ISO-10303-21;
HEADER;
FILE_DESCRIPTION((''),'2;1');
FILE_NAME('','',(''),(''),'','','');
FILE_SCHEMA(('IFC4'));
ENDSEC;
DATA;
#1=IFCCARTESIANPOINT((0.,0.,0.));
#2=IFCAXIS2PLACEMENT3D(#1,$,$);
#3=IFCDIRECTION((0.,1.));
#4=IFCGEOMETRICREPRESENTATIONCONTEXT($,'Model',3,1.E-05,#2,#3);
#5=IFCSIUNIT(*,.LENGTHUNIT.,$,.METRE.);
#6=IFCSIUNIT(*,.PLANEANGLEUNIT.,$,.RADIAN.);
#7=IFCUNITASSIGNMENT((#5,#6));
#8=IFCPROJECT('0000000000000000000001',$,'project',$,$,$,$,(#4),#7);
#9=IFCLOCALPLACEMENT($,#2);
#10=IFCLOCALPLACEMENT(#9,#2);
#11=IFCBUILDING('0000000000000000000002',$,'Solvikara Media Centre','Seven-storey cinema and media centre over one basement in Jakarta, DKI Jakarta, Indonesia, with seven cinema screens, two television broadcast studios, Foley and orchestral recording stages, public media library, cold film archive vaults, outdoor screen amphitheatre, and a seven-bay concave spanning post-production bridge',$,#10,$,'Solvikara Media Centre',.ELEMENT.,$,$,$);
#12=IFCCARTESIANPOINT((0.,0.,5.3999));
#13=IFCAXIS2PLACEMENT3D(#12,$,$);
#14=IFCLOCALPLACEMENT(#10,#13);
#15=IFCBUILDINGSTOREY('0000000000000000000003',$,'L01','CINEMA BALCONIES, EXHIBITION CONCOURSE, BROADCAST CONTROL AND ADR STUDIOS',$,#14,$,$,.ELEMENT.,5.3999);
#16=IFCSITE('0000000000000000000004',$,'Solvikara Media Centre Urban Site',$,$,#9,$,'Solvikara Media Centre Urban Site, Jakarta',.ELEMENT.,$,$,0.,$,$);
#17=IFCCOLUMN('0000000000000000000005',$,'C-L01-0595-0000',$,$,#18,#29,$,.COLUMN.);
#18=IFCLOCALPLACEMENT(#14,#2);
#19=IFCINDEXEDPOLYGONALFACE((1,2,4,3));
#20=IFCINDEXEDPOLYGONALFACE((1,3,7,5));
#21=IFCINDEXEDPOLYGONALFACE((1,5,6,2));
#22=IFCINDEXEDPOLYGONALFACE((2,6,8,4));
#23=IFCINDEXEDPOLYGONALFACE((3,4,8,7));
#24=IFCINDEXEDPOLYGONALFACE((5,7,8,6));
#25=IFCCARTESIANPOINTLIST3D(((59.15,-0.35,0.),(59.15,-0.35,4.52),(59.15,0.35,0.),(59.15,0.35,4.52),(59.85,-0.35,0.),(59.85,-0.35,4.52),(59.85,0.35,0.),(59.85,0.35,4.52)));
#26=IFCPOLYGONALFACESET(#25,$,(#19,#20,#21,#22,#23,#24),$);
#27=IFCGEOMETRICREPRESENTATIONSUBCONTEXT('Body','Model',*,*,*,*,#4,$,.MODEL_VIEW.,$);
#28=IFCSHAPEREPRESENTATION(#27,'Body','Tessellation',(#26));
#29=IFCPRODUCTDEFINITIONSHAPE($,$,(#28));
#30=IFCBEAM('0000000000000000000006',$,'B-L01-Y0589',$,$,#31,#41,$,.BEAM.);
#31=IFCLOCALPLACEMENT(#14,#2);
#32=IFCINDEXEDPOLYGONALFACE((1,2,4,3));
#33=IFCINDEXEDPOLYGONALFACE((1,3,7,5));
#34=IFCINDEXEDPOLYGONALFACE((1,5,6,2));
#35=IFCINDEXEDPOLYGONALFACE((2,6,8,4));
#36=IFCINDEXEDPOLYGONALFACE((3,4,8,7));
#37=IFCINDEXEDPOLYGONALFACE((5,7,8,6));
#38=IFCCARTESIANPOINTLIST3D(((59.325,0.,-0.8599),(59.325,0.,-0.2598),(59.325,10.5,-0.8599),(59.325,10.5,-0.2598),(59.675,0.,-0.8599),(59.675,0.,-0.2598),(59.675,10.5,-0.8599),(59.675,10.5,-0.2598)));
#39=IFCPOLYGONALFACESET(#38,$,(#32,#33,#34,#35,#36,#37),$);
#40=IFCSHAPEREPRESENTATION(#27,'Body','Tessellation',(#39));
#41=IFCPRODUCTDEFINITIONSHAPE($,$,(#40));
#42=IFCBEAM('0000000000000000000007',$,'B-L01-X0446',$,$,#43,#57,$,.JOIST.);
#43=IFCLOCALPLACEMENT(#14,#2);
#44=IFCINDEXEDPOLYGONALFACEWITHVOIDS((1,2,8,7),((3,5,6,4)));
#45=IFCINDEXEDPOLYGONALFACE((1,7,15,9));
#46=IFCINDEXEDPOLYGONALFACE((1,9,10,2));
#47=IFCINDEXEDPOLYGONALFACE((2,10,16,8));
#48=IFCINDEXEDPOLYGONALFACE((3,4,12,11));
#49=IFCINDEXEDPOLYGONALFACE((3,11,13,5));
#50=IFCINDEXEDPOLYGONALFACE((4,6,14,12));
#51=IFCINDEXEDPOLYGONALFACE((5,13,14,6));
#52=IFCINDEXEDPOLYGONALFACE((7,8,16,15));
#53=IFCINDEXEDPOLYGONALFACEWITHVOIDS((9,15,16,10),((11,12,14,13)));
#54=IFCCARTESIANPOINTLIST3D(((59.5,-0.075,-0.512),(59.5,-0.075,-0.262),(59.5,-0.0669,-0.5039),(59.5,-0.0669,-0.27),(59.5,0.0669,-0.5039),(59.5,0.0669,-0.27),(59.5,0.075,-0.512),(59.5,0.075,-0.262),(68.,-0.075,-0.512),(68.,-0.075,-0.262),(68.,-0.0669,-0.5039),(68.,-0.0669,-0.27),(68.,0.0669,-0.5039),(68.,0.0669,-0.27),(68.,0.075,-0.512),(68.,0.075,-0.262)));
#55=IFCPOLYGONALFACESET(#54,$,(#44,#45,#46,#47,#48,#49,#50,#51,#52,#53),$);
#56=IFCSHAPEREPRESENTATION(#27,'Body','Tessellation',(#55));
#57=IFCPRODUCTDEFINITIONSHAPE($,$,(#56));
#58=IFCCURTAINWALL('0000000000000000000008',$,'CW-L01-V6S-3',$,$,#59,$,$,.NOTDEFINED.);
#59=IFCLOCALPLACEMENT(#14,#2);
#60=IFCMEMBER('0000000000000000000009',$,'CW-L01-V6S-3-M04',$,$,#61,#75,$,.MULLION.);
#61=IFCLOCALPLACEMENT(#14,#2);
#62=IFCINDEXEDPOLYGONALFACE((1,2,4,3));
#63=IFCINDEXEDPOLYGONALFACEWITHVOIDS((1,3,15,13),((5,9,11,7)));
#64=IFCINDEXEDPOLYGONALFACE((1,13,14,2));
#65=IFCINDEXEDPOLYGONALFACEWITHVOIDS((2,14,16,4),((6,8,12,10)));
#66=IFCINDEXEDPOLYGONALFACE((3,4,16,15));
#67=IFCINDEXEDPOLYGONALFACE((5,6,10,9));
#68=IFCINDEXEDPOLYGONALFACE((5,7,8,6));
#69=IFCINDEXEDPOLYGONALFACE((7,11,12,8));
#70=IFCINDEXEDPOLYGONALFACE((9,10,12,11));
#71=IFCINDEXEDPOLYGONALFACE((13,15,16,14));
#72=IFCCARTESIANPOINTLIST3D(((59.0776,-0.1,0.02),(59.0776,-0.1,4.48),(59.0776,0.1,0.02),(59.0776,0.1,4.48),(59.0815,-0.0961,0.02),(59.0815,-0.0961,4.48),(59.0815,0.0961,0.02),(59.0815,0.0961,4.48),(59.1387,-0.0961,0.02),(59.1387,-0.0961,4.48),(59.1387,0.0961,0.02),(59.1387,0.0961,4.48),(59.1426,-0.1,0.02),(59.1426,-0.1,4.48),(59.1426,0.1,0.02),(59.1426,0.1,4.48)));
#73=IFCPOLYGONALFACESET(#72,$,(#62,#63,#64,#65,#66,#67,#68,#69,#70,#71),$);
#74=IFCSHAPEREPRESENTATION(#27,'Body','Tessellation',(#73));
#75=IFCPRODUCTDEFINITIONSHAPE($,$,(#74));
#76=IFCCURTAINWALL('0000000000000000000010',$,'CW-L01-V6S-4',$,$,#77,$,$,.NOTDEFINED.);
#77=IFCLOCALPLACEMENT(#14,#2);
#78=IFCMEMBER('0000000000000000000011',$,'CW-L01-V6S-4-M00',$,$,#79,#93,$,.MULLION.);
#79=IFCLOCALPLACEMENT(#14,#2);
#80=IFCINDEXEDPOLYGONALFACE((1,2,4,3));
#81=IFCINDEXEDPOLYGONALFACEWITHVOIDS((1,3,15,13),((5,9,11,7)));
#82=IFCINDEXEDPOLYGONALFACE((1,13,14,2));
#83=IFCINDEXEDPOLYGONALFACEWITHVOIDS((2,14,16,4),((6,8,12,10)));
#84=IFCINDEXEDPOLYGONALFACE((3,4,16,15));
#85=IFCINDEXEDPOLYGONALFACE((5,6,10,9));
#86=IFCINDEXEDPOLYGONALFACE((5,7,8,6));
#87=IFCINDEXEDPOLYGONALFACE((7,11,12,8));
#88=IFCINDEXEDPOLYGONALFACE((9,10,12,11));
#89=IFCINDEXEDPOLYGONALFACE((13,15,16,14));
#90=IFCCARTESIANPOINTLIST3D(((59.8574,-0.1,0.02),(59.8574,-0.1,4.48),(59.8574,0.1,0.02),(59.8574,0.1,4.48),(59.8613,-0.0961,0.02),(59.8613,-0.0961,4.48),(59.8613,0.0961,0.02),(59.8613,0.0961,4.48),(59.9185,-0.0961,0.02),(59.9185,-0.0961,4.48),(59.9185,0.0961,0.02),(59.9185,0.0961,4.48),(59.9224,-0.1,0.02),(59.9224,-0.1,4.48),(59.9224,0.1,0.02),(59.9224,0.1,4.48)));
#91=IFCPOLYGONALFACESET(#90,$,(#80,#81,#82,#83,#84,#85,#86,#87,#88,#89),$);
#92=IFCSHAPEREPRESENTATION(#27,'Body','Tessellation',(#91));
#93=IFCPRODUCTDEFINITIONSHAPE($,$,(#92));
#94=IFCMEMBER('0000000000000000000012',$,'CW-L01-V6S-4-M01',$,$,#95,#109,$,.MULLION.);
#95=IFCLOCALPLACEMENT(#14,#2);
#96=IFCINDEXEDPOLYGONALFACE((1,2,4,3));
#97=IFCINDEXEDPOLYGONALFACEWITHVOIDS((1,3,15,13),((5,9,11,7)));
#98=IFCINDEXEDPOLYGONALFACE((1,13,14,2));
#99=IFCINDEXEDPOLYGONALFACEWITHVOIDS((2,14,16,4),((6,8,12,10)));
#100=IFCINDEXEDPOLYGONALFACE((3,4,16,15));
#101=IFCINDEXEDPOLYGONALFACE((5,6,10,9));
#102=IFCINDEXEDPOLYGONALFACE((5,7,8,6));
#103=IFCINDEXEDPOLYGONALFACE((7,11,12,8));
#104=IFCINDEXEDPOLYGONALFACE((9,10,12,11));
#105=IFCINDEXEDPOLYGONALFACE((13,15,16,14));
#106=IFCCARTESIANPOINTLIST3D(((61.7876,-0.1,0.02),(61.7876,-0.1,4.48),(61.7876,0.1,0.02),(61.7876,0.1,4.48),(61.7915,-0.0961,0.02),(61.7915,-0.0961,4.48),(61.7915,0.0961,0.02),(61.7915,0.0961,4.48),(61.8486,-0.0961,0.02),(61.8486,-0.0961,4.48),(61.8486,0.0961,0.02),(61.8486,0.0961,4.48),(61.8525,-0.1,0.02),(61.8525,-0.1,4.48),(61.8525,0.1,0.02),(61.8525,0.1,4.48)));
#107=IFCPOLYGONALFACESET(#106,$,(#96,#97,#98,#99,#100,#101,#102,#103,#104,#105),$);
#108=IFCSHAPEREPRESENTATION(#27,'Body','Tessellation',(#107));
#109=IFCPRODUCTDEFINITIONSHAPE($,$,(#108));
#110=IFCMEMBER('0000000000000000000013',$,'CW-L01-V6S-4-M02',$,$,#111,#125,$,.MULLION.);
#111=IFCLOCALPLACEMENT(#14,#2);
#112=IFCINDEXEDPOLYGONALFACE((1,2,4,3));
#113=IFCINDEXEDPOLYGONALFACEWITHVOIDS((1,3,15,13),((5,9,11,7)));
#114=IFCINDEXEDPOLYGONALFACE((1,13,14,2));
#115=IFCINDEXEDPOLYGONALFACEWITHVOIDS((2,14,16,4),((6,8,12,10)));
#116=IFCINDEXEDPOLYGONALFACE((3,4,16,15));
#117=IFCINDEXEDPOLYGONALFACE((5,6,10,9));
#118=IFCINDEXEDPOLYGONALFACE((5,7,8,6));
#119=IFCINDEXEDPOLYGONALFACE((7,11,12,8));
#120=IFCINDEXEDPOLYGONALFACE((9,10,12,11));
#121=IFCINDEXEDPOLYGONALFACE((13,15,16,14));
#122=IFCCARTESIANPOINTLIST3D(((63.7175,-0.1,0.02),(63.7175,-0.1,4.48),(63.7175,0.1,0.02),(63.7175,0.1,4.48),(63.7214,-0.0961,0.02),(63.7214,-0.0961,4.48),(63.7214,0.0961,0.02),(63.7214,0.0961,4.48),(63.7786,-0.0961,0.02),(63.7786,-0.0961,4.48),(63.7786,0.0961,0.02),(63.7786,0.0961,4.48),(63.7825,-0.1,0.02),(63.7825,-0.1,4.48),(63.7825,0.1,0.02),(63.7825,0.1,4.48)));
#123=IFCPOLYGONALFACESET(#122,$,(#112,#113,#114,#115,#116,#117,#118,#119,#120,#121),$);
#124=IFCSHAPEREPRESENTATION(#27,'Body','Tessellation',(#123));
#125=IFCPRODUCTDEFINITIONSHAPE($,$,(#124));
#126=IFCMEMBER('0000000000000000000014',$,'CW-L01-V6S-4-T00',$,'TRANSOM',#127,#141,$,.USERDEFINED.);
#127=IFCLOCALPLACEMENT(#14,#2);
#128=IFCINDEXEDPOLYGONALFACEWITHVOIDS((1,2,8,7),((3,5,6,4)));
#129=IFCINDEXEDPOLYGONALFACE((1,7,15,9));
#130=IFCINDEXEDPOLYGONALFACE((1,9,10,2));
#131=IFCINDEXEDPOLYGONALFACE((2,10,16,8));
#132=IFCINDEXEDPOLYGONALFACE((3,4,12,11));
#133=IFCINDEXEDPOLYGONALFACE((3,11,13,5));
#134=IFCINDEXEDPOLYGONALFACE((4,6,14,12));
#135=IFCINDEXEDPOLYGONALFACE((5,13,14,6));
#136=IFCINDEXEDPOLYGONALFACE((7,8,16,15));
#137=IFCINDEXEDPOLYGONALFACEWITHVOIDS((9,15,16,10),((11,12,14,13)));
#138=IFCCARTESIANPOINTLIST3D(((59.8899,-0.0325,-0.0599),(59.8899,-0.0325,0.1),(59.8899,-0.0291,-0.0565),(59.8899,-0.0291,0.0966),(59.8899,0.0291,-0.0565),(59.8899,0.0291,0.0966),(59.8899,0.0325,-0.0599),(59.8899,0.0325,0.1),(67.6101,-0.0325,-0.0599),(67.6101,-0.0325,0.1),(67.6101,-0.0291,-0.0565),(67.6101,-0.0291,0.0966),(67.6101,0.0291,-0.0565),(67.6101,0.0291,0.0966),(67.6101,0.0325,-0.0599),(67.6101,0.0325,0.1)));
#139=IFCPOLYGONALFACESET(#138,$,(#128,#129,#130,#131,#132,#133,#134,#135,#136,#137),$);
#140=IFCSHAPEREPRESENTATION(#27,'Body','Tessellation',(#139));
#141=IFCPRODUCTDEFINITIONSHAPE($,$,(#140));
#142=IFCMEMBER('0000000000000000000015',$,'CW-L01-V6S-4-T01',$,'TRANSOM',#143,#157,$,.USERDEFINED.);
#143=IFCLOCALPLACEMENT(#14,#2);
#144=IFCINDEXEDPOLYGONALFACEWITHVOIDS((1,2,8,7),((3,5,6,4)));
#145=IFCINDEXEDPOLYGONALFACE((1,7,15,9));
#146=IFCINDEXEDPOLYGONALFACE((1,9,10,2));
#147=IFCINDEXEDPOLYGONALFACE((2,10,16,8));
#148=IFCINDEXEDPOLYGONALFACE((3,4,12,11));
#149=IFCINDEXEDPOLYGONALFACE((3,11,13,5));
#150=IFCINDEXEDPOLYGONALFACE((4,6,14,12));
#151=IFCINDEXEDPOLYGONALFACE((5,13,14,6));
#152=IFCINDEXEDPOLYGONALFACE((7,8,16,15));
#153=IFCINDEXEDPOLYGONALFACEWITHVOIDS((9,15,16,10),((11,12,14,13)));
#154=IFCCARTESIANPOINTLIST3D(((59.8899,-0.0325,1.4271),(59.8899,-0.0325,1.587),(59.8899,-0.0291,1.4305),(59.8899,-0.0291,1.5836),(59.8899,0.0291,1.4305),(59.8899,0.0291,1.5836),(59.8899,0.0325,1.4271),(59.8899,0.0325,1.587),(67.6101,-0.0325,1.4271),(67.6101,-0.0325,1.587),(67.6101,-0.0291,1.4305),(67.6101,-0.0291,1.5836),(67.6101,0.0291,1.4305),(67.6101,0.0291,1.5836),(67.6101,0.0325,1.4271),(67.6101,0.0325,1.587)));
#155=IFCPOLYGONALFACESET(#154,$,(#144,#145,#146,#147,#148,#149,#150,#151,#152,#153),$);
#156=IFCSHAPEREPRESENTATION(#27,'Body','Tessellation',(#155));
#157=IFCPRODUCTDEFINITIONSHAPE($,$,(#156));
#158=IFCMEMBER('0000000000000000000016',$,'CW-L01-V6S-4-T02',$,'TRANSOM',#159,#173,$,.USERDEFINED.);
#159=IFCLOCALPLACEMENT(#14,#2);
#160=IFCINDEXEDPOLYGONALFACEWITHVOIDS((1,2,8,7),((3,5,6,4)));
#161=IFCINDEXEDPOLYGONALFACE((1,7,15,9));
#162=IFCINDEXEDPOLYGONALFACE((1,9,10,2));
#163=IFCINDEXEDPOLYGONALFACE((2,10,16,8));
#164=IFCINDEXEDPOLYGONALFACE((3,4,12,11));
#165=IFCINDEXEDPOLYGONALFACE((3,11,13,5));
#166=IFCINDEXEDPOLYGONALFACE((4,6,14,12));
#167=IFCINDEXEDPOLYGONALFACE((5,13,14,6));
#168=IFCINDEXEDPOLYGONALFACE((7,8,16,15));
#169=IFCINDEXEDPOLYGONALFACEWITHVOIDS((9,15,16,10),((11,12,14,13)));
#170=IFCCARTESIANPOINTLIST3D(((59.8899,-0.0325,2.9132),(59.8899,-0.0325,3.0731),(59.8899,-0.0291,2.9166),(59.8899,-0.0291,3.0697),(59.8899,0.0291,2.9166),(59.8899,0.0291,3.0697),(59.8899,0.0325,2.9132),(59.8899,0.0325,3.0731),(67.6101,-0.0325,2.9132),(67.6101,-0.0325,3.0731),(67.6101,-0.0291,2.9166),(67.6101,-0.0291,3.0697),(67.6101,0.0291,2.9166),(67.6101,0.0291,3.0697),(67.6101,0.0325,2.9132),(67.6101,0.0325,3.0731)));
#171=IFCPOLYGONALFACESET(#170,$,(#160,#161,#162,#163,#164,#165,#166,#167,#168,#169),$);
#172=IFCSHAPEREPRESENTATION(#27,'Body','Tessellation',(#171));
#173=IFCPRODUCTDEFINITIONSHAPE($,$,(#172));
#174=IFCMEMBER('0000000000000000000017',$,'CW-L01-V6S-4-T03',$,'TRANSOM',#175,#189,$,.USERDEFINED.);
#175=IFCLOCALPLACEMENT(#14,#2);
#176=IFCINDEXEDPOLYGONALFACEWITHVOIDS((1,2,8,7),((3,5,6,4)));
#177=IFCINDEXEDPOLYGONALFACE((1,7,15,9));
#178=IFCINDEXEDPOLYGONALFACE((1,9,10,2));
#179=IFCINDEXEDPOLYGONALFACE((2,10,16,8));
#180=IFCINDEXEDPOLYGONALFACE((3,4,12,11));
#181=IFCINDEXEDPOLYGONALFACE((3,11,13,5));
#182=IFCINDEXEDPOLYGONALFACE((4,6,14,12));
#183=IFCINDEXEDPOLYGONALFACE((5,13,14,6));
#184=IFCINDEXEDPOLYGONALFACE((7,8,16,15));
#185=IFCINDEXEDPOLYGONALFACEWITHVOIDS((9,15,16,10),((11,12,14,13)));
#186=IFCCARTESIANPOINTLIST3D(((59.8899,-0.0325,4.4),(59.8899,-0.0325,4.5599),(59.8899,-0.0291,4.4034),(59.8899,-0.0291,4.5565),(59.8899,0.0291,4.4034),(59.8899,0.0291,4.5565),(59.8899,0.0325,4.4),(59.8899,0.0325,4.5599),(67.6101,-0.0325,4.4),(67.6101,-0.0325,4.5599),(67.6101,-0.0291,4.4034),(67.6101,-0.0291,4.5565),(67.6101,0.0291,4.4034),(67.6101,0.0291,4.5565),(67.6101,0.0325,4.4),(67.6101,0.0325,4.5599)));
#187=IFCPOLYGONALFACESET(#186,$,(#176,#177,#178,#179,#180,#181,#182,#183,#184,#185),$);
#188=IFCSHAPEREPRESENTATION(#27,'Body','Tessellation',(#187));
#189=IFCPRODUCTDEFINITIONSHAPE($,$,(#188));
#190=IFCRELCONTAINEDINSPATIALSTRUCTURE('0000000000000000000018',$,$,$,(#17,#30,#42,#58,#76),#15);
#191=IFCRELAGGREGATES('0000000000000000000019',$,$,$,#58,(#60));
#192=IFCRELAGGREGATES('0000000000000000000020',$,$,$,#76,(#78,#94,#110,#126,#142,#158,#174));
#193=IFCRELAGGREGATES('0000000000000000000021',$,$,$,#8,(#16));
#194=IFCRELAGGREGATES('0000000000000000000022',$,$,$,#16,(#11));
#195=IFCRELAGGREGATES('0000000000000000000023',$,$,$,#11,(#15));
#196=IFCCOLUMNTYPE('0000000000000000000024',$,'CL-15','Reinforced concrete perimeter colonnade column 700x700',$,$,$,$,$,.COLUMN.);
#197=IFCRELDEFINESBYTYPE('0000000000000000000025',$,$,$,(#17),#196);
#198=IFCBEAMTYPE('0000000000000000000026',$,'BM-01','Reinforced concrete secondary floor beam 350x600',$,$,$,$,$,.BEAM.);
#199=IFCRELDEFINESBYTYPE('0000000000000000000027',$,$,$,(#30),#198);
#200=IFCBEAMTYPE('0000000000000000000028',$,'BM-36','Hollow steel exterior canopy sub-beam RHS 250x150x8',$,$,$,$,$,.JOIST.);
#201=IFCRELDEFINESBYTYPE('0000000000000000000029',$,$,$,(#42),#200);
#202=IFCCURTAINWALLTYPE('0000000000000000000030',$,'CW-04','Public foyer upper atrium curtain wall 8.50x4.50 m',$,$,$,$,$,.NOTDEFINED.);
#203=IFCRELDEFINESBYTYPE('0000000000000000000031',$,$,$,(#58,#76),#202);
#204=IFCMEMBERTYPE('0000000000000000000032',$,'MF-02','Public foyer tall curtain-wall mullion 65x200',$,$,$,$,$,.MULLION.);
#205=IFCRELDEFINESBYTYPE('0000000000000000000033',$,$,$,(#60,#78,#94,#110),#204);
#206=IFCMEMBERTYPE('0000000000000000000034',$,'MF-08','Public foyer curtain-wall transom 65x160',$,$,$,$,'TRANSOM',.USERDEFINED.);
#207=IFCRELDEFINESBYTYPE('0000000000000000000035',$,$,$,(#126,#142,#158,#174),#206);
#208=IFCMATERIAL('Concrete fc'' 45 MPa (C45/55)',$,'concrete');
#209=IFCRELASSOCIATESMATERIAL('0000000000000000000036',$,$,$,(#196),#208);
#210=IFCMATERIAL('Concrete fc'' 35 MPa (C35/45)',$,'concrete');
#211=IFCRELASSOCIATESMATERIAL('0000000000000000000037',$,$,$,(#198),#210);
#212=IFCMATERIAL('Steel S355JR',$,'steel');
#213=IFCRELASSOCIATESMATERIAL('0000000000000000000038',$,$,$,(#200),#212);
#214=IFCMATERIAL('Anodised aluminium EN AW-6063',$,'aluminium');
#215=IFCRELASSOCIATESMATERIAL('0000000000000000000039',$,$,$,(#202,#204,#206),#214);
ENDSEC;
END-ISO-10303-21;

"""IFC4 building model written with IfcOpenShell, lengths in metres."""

from ifc_helpers import new_model, si_unit, direction, frame, origin, origin_2d, place, context, subcontext, project, spatial, rectangle, hollow_rectangle, extrude, material, material_profile, profile_set, type_object, element, aggregate, save


model = new_model("IFC4")

# Units and contexts
model_context = context("Model", 3, precision=1e-05, world=origin(), true_north=direction((0.0, 1.0)))
body_context = subcontext(model_context, "Body", "Model", "MODEL_VIEW")
ifc_project = project(units=[si_unit("LENGTHUNIT", "METRE"), si_unit("PLANEANGLEUNIT", "RADIAN")], contexts=[model_context])

# Site, building, storey
site_placement = place(None, origin())
site = spatial("IfcSite", under=ifc_project, at=site_placement, Name="Solvikara Media Centre Urban Site", LongName="Solvikara Media Centre Urban Site, Jakarta", CompositionType="ELEMENT", RefElevation=0.0)
building_placement = place(site_placement, origin())
building = spatial("IfcBuilding", under=site, at=building_placement, Name="Solvikara Media Centre", Description="Seven-storey cinema and media centre over one basement in Jakarta, DKI Jakarta, Indonesia, with seven cinema screens, two television broadcast studios, Foley and orchestral recording stages, public media library, cold film archive vaults, outdoor screen amphitheatre, and a seven-bay concave spanning post-production bridge", LongName="Solvikara Media Centre", CompositionType="ELEMENT")
storey_placement = place(building_placement, frame((0.0, 0.0, 5.3999)))
storey = spatial("IfcBuildingStorey", under=building, at=storey_placement, Name="L01", Description="CINEMA BALCONIES, EXHIBITION CONCOURSE, BROADCAST CONTROL AND ADR STUDIOS", CompositionType="ELEMENT", Elevation=5.3999)

# Column
ifc_material_1 = material(Name="Concrete fc' 45 MPa (C45/55)", Category="concrete")
ifc_material_profile_1 = material_profile(ifc_material_1, rectangle(XDim=0.7, YDim=0.7, at=origin_2d()), Name="RC 700x700")
ifc_profile_set_1 = profile_set([ifc_material_profile_1], Name="Concrete fc' 45 MPa (C45/55)")
column_type = type_object("IfcColumnType", Name="CL-15", Description="Reinforced concrete perimeter colonnade column 700x700", PredefinedType="COLUMN", material=ifc_profile_set_1)
column_placement = place(storey_placement, frame((59.5, 0.0, 0.0), z_axis=(0.0, 0.0, 1.0), x_axis=(1.0, 0.0, 0.0)))
element("IfcColumn", 1, at=column_placement, inside=storey, type_object=column_type, Name="C-L01-0595-0000", PredefinedType="COLUMN", context=body_context, shape_type="SweptSolid", body=[
    extrude(rectangle(XDim=0.7, YDim=0.7, at=origin_2d()), origin(), (0.0, 0.0, 1.0), 4.52),
])

# Beams
ifc_material_2 = material(Name="Concrete fc' 35 MPa (C35/45)", Category="concrete")
ifc_material_profile_2 = material_profile(ifc_material_2, rectangle(XDim=0.3501, YDim=0.6001, at=origin_2d()), Name="RC 350x600")
ifc_profile_set_2 = profile_set([ifc_material_profile_2], Name="Concrete fc' 35 MPa (C35/45)")
beam_type_1 = type_object("IfcBeamType", Name="BM-01", Description="Reinforced concrete secondary floor beam 350x600", PredefinedType="BEAM", material=ifc_profile_set_2)
beam_1_placement = place(storey_placement, frame((59.5, 0.0, -0.5598), z_axis=(0.0, 1.0, 0.0), x_axis=(-1.0, 0.0, 0.0)))
element("IfcBeam", 2, at=beam_1_placement, inside=storey, type_object=beam_type_1, Name="B-L01-Y0589", PredefinedType="BEAM", context=body_context, shape_type="SweptSolid", body=[
    extrude(rectangle(XDim=0.3501, YDim=0.6001, at=origin_2d()), origin(), (0.0, 0.0, 1.0), 10.5),
])
ifc_material_3 = material(Name="Steel S355JR", Category="steel")
ifc_material_profile_3 = material_profile(ifc_material_3, hollow_rectangle(XDim=0.1499, YDim=0.25, WallThickness=0.0081, at=origin_2d()), Name="RHS 250x150x8")
ifc_profile_set_3 = profile_set([ifc_material_profile_3], Name="Steel S355JR")
beam_type_2 = type_object("IfcBeamType", Name="BM-36", Description="Hollow steel exterior canopy sub-beam RHS 250x150x8", PredefinedType="JOIST", material=ifc_profile_set_3)
beam_2_placement = place(storey_placement, frame((59.5, 0.0, -0.387), z_axis=(1.0, 0.0, 0.0), x_axis=(0.0, 1.0, 0.0)))
element("IfcBeam", 3, at=beam_2_placement, inside=storey, type_object=beam_type_2, Name="B-L01-X0446", PredefinedType="JOIST", context=body_context, shape_type="SweptSolid", body=[
    extrude(hollow_rectangle(XDim=0.1499, YDim=0.25, WallThickness=0.0081, at=origin_2d()), origin(), (0.0, 0.0, 1.0), 8.5),
])

# Curtain wall, member
ifc_material_4 = material(Name="Anodised aluminium EN AW-6063", Category="aluminium")
curtain_wall_type = type_object("IfcCurtainWallType", Name="CW-04", Description="Public foyer upper atrium curtain wall 8.50x4.50 m", PredefinedType="NOTDEFINED", material=ifc_material_4)
curtain_wall_1_placement = place(storey_placement, origin())
curtain_wall_1 = element("IfcCurtainWall", 4, at=curtain_wall_1_placement, inside=storey, type_object=curtain_wall_type, Name="CW-L01-V6S-3", PredefinedType="NOTDEFINED")
ifc_material_profile_4 = material_profile(ifc_material_4, hollow_rectangle(XDim=0.0649, YDim=0.2, WallThickness=0.0039, at=origin_2d()), Name="ALU-M 65x200x4")
ifc_profile_set_4 = profile_set([ifc_material_profile_4], Name="Anodised aluminium EN AW-6063")
member_type_1 = type_object("IfcMemberType", Name="MF-02", Description="Public foyer tall curtain-wall mullion 65x200", PredefinedType="MULLION", material=ifc_profile_set_4)
member_1_placement = place(storey_placement, frame((59.1101, 0.0, 0.02), z_axis=(0.0, 0.0, 1.0), x_axis=(1.0, 0.0, 0.0)))
member_1 = element("IfcMember", 5, at=member_1_placement, type_object=member_type_1, Name="CW-L01-V6S-3-M04", PredefinedType="MULLION", context=body_context, shape_type="SweptSolid", body=[
    extrude(hollow_rectangle(XDim=0.0649, YDim=0.2, WallThickness=0.0039, at=origin_2d()), origin(), (0.0, 0.0, 1.0), 4.46),
])
aggregate(curtain_wall_1, [member_1])

# Curtain wall, members
curtain_wall_2_placement = place(storey_placement, origin())
curtain_wall_2 = element("IfcCurtainWall", 6, at=curtain_wall_2_placement, inside=storey, type_object=curtain_wall_type, Name="CW-L01-V6S-4", PredefinedType="NOTDEFINED")
member_2_placement = place(storey_placement, frame((59.8899, 0.0, 0.02), z_axis=(0.0, 0.0, 1.0), x_axis=(1.0, 0.0, 0.0)))
member_2 = element("IfcMember", 7, at=member_2_placement, type_object=member_type_1, Name="CW-L01-V6S-4-M00", PredefinedType="MULLION", context=body_context, shape_type="SweptSolid", body=[
    extrude(hollow_rectangle(XDim=0.0649, YDim=0.2, WallThickness=0.0039, at=origin_2d()), origin(), (0.0, 0.0, 1.0), 4.46),
])
member_3_placement = place(storey_placement, frame((61.8201, 0.0, 0.02), z_axis=(0.0, 0.0, 1.0), x_axis=(1.0, 0.0, 0.0)))
member_3 = element("IfcMember", 8, at=member_3_placement, type_object=member_type_1, Name="CW-L01-V6S-4-M01", PredefinedType="MULLION", context=body_context, shape_type="SweptSolid", body=[
    extrude(hollow_rectangle(XDim=0.0649, YDim=0.2, WallThickness=0.0039, at=origin_2d()), origin(), (0.0, 0.0, 1.0), 4.46),
])
member_4_placement = place(storey_placement, frame((63.75, 0.0, 0.02), z_axis=(0.0, 0.0, 1.0), x_axis=(1.0, 0.0, 0.0)))
member_4 = element("IfcMember", 9, at=member_4_placement, type_object=member_type_1, Name="CW-L01-V6S-4-M02", PredefinedType="MULLION", context=body_context, shape_type="SweptSolid", body=[
    extrude(hollow_rectangle(XDim=0.0649, YDim=0.2, WallThickness=0.0039, at=origin_2d()), origin(), (0.0, 0.0, 1.0), 4.46),
])
ifc_material_profile_5 = material_profile(ifc_material_4, hollow_rectangle(XDim=0.0649, YDim=0.1599, WallThickness=0.0034, at=origin_2d()), Name="ALU-T 65x160x3.5")
ifc_profile_set_5 = profile_set([ifc_material_profile_5], Name="Anodised aluminium EN AW-6063")
member_type_2 = type_object("IfcMemberType", Name="MF-08", Description="Public foyer curtain-wall transom 65x160", ElementType="TRANSOM", PredefinedType="USERDEFINED", material=ifc_profile_set_5)
member_5_placement = place(storey_placement, frame((59.8899, 0.0, 0.02), z_axis=(1.0, 0.0, 0.0), x_axis=(0.0, 1.0, 0.0)))
member_5 = element("IfcMember", 10, at=member_5_placement, type_object=member_type_2, Name="CW-L01-V6S-4-T00", ObjectType="TRANSOM", PredefinedType="USERDEFINED", context=body_context, shape_type="SweptSolid", body=[
    extrude(hollow_rectangle(XDim=0.0649, YDim=0.1599, WallThickness=0.0034, at=origin_2d()), origin(), (0.0, 0.0, 1.0), 7.7202),
])
member_6_placement = place(storey_placement, frame((59.8899, 0.0, 1.5071), z_axis=(1.0, 0.0, 0.0), x_axis=(0.0, 1.0, 0.0)))
member_6 = element("IfcMember", 11, at=member_6_placement, type_object=member_type_2, Name="CW-L01-V6S-4-T01", ObjectType="TRANSOM", PredefinedType="USERDEFINED", context=body_context, shape_type="SweptSolid", body=[
    extrude(hollow_rectangle(XDim=0.0649, YDim=0.1599, WallThickness=0.0034, at=origin_2d()), origin(), (0.0, 0.0, 1.0), 7.7202),
])
member_7_placement = place(storey_placement, frame((59.8899, 0.0, 2.9932), z_axis=(1.0, 0.0, 0.0), x_axis=(0.0, 1.0, 0.0)))
member_7 = element("IfcMember", 12, at=member_7_placement, type_object=member_type_2, Name="CW-L01-V6S-4-T02", ObjectType="TRANSOM", PredefinedType="USERDEFINED", context=body_context, shape_type="SweptSolid", body=[
    extrude(hollow_rectangle(XDim=0.0649, YDim=0.1599, WallThickness=0.0034, at=origin_2d()), origin(), (0.0, 0.0, 1.0), 7.7202),
])
member_8_placement = place(storey_placement, frame((59.8899, 0.0, 4.48), z_axis=(1.0, 0.0, 0.0), x_axis=(0.0, 1.0, 0.0)))
member_8 = element("IfcMember", 13, at=member_8_placement, type_object=member_type_2, Name="CW-L01-V6S-4-T03", ObjectType="TRANSOM", PredefinedType="USERDEFINED", context=body_context, shape_type="SweptSolid", body=[
    extrude(hollow_rectangle(XDim=0.0649, YDim=0.1599, WallThickness=0.0034, at=origin_2d()), origin(), (0.0, 0.0, 1.0), 7.7202),
])
aggregate(curtain_wall_2, [member_2, member_3, member_4, member_5, member_6, member_7, member_8])

save(model, "model.ifc")
